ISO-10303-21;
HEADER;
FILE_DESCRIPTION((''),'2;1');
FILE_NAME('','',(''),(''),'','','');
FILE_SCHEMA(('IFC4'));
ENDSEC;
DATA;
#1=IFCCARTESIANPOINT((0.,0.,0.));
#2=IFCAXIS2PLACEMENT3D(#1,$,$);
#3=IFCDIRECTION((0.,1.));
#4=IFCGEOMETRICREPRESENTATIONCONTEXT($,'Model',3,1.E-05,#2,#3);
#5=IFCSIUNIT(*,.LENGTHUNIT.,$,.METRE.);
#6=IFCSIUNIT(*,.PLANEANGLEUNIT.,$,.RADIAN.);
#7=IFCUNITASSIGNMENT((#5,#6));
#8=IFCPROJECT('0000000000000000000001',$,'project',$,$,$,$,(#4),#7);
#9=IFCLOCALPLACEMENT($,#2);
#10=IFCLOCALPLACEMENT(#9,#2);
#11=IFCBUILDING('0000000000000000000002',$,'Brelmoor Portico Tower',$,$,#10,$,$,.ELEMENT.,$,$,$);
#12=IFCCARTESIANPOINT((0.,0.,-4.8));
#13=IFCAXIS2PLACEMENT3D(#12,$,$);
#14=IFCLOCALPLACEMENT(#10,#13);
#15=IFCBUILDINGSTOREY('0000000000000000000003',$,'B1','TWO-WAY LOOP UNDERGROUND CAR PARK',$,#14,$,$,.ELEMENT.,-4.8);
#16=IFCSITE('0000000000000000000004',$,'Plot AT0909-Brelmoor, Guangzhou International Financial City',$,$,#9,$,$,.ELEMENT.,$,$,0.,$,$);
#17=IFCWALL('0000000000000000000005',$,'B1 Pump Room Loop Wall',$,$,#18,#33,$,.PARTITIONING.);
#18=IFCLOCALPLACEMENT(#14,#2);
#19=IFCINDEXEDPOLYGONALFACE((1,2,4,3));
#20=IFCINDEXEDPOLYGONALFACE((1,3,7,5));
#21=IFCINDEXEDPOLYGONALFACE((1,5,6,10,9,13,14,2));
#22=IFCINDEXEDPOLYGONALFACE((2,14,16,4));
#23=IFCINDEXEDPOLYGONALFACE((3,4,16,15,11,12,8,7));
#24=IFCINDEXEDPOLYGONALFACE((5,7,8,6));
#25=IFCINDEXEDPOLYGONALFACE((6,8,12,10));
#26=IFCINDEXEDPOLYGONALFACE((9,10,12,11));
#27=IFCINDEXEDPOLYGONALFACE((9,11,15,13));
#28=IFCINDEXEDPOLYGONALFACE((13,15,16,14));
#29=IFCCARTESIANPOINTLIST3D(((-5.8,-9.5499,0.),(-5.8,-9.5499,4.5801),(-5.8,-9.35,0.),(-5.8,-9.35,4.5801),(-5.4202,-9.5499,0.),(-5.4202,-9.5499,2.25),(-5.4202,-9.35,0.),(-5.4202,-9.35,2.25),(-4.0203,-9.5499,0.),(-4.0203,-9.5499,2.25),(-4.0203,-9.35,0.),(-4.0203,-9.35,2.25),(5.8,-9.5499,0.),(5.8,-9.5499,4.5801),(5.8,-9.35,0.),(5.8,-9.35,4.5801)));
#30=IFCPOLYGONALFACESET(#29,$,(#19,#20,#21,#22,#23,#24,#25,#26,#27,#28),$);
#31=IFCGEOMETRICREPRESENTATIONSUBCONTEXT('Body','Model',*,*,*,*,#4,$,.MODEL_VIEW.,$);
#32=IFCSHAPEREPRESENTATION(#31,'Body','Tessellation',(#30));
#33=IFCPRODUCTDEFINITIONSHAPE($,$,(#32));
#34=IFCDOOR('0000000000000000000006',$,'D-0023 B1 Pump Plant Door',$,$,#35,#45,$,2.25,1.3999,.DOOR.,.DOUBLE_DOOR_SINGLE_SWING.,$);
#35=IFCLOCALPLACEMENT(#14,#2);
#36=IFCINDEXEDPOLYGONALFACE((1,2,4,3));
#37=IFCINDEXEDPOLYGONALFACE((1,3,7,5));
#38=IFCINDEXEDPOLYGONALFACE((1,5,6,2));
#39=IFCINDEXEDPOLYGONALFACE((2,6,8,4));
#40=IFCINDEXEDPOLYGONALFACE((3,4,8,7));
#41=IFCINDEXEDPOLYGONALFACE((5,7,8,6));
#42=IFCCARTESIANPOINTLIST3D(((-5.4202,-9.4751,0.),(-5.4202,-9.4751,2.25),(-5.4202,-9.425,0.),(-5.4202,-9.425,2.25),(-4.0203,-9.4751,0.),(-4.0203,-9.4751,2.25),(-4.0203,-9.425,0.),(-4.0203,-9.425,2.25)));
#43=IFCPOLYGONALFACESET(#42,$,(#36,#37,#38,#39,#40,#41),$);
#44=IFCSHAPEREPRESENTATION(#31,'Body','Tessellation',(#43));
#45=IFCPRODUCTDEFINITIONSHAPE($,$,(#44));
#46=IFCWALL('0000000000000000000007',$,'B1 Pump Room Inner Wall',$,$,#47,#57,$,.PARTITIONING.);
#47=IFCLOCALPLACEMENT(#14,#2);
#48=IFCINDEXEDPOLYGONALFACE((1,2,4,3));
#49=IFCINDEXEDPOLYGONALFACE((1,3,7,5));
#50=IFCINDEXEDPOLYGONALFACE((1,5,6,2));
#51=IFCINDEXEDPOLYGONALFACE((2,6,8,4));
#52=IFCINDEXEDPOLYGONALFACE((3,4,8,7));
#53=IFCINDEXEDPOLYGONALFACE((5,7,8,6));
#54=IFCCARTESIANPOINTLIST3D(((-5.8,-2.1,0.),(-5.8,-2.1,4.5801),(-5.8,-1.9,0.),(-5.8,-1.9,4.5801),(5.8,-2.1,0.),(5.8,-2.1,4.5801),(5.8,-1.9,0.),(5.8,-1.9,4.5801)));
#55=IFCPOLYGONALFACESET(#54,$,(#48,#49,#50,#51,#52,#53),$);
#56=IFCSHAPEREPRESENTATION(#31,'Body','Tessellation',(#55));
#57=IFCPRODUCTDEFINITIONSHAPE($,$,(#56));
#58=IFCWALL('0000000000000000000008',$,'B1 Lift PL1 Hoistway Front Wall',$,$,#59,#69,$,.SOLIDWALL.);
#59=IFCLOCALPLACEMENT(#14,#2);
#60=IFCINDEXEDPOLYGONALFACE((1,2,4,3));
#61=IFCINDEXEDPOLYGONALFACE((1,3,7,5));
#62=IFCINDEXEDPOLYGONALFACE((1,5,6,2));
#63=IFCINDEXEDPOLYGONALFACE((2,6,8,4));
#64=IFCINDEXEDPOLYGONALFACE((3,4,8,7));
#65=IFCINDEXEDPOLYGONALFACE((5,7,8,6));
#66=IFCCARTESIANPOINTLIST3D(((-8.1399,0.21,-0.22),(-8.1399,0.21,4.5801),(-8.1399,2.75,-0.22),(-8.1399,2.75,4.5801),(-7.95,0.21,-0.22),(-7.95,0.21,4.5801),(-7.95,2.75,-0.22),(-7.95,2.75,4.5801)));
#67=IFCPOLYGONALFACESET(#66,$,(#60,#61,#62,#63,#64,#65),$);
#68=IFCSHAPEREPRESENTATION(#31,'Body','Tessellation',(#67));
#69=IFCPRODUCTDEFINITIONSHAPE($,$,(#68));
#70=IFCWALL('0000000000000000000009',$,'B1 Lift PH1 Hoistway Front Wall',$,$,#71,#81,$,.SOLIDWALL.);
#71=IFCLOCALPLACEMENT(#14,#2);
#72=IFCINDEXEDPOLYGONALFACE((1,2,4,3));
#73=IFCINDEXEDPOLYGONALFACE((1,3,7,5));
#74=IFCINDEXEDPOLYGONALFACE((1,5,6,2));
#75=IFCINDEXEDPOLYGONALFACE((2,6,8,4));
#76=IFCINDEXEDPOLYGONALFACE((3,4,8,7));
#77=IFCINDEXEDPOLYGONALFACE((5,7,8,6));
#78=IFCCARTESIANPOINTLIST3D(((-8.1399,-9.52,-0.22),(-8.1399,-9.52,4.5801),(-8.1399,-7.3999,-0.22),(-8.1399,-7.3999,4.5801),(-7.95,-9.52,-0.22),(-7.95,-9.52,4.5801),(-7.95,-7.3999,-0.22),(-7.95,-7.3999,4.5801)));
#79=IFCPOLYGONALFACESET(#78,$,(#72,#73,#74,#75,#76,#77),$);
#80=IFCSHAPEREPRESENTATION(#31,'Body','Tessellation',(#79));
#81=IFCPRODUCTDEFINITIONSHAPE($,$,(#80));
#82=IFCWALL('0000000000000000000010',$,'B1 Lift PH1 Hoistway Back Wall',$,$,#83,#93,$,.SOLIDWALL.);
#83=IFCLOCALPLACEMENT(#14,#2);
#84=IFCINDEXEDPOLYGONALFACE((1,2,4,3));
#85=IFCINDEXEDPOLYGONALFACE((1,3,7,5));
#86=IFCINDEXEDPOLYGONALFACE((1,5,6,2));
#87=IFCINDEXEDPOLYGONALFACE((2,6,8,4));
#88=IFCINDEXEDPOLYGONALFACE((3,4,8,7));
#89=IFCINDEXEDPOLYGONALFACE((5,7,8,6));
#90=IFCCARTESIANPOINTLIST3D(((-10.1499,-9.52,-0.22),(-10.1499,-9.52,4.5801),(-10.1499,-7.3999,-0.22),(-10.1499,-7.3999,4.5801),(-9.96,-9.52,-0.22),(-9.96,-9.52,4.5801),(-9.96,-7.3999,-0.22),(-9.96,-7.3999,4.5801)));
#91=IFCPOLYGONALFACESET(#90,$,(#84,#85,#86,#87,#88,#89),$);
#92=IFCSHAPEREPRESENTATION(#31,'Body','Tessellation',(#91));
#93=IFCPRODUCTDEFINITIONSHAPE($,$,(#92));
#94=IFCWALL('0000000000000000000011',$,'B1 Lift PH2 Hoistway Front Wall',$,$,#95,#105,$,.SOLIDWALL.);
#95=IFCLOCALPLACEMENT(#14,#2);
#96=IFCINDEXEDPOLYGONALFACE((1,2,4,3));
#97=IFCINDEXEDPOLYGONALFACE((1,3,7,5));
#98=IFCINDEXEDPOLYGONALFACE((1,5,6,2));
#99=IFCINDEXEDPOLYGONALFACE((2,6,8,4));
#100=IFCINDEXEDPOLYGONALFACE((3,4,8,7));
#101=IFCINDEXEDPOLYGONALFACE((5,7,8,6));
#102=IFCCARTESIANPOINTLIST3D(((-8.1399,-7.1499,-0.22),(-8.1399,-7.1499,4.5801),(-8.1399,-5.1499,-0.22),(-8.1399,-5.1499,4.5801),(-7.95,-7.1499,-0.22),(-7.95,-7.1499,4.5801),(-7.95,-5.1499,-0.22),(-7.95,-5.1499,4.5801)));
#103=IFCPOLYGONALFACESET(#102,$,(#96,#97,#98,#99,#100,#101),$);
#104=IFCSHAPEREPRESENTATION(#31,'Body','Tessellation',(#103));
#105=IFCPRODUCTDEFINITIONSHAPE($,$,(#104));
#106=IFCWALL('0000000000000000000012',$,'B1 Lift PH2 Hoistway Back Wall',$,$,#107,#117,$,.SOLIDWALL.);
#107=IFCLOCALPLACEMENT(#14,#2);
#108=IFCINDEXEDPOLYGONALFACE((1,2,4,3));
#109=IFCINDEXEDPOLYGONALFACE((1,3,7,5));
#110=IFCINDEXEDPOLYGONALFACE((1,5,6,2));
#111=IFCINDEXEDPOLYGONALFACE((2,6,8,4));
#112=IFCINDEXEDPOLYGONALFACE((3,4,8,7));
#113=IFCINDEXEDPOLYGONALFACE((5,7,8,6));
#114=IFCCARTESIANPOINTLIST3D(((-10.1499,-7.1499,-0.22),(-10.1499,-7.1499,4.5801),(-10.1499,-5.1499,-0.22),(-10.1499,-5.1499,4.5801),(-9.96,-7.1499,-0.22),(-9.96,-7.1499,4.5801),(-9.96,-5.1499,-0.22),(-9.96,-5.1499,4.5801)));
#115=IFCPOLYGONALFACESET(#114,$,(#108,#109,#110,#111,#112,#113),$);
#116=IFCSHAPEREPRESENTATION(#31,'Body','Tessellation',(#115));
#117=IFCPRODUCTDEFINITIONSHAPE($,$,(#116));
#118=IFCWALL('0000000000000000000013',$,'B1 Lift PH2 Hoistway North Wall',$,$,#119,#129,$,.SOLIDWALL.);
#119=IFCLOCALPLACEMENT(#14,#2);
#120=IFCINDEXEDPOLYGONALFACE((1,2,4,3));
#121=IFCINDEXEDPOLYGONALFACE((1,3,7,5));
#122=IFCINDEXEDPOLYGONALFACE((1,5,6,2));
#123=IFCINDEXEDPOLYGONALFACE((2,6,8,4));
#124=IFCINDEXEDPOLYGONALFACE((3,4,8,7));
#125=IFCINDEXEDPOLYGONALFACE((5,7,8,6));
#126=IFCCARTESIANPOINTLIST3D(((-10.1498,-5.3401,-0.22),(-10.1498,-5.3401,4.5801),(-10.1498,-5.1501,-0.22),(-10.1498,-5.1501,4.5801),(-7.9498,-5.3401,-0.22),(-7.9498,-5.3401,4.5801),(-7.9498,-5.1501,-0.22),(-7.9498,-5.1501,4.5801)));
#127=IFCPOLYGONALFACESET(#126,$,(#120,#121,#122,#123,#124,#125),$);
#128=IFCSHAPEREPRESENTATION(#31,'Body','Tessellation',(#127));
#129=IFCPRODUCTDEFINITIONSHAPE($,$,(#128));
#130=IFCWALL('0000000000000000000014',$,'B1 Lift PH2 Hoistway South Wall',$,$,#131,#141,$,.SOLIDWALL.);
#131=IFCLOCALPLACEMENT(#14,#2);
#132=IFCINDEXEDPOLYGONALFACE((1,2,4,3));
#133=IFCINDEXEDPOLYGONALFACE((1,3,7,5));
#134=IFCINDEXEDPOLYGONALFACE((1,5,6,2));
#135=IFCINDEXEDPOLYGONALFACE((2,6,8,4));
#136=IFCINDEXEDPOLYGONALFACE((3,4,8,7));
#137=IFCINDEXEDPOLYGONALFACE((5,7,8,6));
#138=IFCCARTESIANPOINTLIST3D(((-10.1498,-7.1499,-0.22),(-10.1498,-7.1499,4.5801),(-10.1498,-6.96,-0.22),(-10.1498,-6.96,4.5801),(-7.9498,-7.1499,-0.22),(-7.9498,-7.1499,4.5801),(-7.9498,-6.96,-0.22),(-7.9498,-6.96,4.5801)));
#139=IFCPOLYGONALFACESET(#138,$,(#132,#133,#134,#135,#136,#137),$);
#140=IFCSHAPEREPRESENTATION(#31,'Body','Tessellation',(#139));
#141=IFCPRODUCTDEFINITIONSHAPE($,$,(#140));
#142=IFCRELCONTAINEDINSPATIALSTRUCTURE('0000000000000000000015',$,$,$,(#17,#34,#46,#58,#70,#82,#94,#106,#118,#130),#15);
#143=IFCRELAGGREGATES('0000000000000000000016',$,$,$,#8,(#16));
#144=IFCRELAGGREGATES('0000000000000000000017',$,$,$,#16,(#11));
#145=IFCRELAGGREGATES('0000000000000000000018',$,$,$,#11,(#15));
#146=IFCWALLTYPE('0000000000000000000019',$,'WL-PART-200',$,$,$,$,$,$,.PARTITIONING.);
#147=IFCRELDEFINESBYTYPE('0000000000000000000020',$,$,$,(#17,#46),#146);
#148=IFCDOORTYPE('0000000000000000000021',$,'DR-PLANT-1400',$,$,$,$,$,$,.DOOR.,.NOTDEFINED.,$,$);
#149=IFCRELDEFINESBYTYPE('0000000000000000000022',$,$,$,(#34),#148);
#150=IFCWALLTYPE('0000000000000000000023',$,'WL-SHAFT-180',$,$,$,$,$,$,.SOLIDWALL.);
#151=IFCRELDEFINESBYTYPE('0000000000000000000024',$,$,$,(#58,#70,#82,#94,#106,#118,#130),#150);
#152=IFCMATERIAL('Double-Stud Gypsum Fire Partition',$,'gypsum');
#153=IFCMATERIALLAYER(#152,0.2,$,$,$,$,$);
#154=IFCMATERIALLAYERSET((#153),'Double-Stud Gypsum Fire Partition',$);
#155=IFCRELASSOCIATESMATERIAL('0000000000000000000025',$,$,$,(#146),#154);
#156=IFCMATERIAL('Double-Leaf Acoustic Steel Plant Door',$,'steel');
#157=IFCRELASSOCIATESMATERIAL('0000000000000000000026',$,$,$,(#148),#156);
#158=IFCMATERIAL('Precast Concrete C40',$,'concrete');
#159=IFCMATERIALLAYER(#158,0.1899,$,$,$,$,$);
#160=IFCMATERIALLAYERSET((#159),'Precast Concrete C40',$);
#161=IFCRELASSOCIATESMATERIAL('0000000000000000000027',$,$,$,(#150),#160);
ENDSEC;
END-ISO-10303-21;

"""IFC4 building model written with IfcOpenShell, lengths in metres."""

from ifc_helpers import new_model, si_unit, direction, frame, frame_2d, origin, place, context, subcontext, project, spatial, rectangle, extrude, material, layer, layer_set, type_object, element, fill, save


model = new_model("IFC4")

# Units and contexts
model_context = context("Model", 3, precision=1e-05, world=origin(), true_north=direction((0.0, 1.0)))
body_context = subcontext(model_context, "Body", "Model", "MODEL_VIEW")
ifc_project = project(units=[si_unit("LENGTHUNIT", "METRE"), si_unit("PLANEANGLEUNIT", "RADIAN")], contexts=[model_context])

# Site, building, storey
site_placement = place(None, origin())
site = spatial("IfcSite", under=ifc_project, at=site_placement, Name="Plot AT0909-Brelmoor, Guangzhou International Financial City", CompositionType="ELEMENT", RefElevation=0.0)
building_placement = place(site_placement, origin())
building = spatial("IfcBuilding", under=site, at=building_placement, Name="Brelmoor Portico Tower", CompositionType="ELEMENT")
storey_placement = place(building_placement, frame((0.0, 0.0, -4.8)))
storey = spatial("IfcBuildingStorey", under=building, at=storey_placement, Name="B1", Description="TWO-WAY LOOP UNDERGROUND CAR PARK", CompositionType="ELEMENT", Elevation=-4.8)

# Shared definitions
ifc_material_1 = material(Name="Double-Stud Gypsum Fire Partition", Category="gypsum")
ifc_layer_1 = layer(ifc_material_1, 0.2)
ifc_layer_set_1 = layer_set([ifc_layer_1], Name="Double-Stud Gypsum Fire Partition")
wall_type_1 = type_object("IfcWallType", Name="WL-PART-200", PredefinedType="PARTITIONING", material=ifc_layer_set_1)

# Wall, opening, door
wall_1_placement = place(storey_placement, frame((-5.8, -9.45, 0.0), z_axis=(0.0, 0.0, 1.0), x_axis=(1.0, 0.0, 0.0)))
wall_1 = element("IfcWall", 1, at=wall_1_placement, inside=storey, type_object=wall_type_1, Name="B1 Pump Room Loop Wall", PredefinedType="PARTITIONING", context=body_context, shape_type="SweptSolid", body=[
    extrude(rectangle(XDim=11.6001, YDim=0.2, at=frame_2d((5.8, 0.0))), origin(), (0.0, 0.0, 1.0), 4.5801),
])
opening_1_placement = place(wall_1_placement, frame((0.3799, 0.0, 0.0)))
opening_1 = element("IfcOpeningElement", 2, at=opening_1_placement, cuts=wall_1, PredefinedType="OPENING", context=body_context, shape_type="SweptSolid", body=[
    extrude(rectangle(XDim=1.3999, YDim=2.25, at=frame_2d((0.7, 1.125))), frame((0.0, 0.1099, 0.0), z_axis=(0.0, -1.0, 0.0), x_axis=(1.0, 0.0, 0.0)), (0.0, 0.0, 1.0), 0.22),
])
ifc_material_2 = material(Name="Double-Leaf Acoustic Steel Plant Door", Category="steel")
door_type_1 = type_object("IfcDoorType", Name="DR-PLANT-1400", OperationType="NOTDEFINED", PredefinedType="DOOR", material=ifc_material_2)
door_1_placement = place(opening_1_placement, origin())
door_1 = element("IfcDoor", 3, at=door_1_placement, inside=storey, type_object=door_type_1, Name="D-0023 B1 Pump Plant Door", OperationType="DOUBLE_DOOR_SINGLE_SWING", OverallHeight=2.25, OverallWidth=1.3999, PredefinedType="DOOR", context=body_context, shape_type="SweptSolid", body=[
    extrude(rectangle(XDim=1.3999, YDim=2.25, at=frame_2d((0.7, 1.125))), frame((0.0, 0.0249, 0.0), z_axis=(0.0, -1.0, 0.0), x_axis=(1.0, 0.0, 0.0)), (0.0, 0.0, 1.0), 0.05),
])
fill(opening_1, door_1)

# Walls
wall_2_placement = place(storey_placement, frame((-5.8, -2.0, 0.0), z_axis=(0.0, 0.0, 1.0), x_axis=(1.0, 0.0, 0.0)))
element("IfcWall", 4, at=wall_2_placement, inside=storey, type_object=wall_type_1, Name="B1 Pump Room Inner Wall", PredefinedType="PARTITIONING", context=body_context, shape_type="SweptSolid", body=[
    extrude(rectangle(XDim=11.6001, YDim=0.2, at=frame_2d((5.8, 0.0))), origin(), (0.0, 0.0, 1.0), 4.5801),
])
ifc_material_3 = material(Name="Precast Concrete C40", Category="concrete")
ifc_layer_2 = layer(ifc_material_3, 0.1899)
ifc_layer_set_2 = layer_set([ifc_layer_2], Name="Precast Concrete C40")
wall_type_2 = type_object("IfcWallType", Name="WL-SHAFT-180", PredefinedType="SOLIDWALL", material=ifc_layer_set_2)
wall_3_placement = place(storey_placement, frame((-8.0449, 0.21, -0.22), z_axis=(0.0, 0.0, 1.0), x_axis=(0.0, 1.0, 0.0)))
element("IfcWall", 5, at=wall_3_placement, inside=storey, type_object=wall_type_2, Name="B1 Lift PL1 Hoistway Front Wall", PredefinedType="SOLIDWALL", context=body_context, shape_type="SweptSolid", body=[
    extrude(rectangle(XDim=2.54, YDim=0.1899, at=frame_2d((1.27, 0.0))), origin(), (0.0, 0.0, 1.0), 4.8),
])
for number, where, z_axis, x_axis, name in (
    (6, (-8.0449, -9.52, -0.22), (0.0, 0.0, 1.0), (0.0, 1.0, 0.0), "B1 Lift PH1 Hoistway Front Wall"),
    (7, (-10.0549, -9.52, -0.22), (0.0, 0.0, 1.0), (0.0, 1.0, 0.0), "B1 Lift PH1 Hoistway Back Wall"),
):
    element("IfcWall", number, at=place(storey_placement, frame(where, z_axis=z_axis, x_axis=x_axis)), inside=storey, type_object=wall_type_2, Name=name, PredefinedType="SOLIDWALL", context=body_context, shape_type="SweptSolid", body=[
        extrude(rectangle(XDim=2.1201, YDim=0.1899, at=frame_2d((1.0601, 0.0))), origin(), (0.0, 0.0, 1.0), 4.8),
    ])
for number, where, z_axis, x_axis, name in (
    (8, (-8.0449, -7.1499, -0.22), (0.0, 0.0, 1.0), (0.0, 1.0, 0.0), "B1 Lift PH2 Hoistway Front Wall"),
    (9, (-10.0549, -7.1499, -0.22), (0.0, 0.0, 1.0), (0.0, 1.0, 0.0), "B1 Lift PH2 Hoistway Back Wall"),
):
    element("IfcWall", number, at=place(storey_placement, frame(where, z_axis=z_axis, x_axis=x_axis)), inside=storey, type_object=wall_type_2, Name=name, PredefinedType="SOLIDWALL", context=body_context, shape_type="SweptSolid", body=[
        extrude(rectangle(XDim=2.0, YDim=0.1899, at=frame_2d((1.0, 0.0))), origin(), (0.0, 0.0, 1.0), 4.8),
    ])
for number, where, z_axis, x_axis, name in (
    (10, (-10.1499, -5.2451, -0.22), (0.0, 0.0, 1.0), (1.0, 0.0, 0.0), "B1 Lift PH2 Hoistway North Wall"),
    (11, (-10.1499, -7.0549, -0.22), (0.0, 0.0, 1.0), (1.0, 0.0, 0.0), "B1 Lift PH2 Hoistway South Wall"),
):
    element("IfcWall", number, at=place(storey_placement, frame(where, z_axis=z_axis, x_axis=x_axis)), inside=storey, type_object=wall_type_2, Name=name, PredefinedType="SOLIDWALL", context=body_context, shape_type="SweptSolid", body=[
        extrude(rectangle(XDim=2.2, YDim=0.1899, at=frame_2d((1.1001, 0.0))), origin(), (0.0, 0.0, 1.0), 4.8),
    ])

save(model, "model.ifc")
